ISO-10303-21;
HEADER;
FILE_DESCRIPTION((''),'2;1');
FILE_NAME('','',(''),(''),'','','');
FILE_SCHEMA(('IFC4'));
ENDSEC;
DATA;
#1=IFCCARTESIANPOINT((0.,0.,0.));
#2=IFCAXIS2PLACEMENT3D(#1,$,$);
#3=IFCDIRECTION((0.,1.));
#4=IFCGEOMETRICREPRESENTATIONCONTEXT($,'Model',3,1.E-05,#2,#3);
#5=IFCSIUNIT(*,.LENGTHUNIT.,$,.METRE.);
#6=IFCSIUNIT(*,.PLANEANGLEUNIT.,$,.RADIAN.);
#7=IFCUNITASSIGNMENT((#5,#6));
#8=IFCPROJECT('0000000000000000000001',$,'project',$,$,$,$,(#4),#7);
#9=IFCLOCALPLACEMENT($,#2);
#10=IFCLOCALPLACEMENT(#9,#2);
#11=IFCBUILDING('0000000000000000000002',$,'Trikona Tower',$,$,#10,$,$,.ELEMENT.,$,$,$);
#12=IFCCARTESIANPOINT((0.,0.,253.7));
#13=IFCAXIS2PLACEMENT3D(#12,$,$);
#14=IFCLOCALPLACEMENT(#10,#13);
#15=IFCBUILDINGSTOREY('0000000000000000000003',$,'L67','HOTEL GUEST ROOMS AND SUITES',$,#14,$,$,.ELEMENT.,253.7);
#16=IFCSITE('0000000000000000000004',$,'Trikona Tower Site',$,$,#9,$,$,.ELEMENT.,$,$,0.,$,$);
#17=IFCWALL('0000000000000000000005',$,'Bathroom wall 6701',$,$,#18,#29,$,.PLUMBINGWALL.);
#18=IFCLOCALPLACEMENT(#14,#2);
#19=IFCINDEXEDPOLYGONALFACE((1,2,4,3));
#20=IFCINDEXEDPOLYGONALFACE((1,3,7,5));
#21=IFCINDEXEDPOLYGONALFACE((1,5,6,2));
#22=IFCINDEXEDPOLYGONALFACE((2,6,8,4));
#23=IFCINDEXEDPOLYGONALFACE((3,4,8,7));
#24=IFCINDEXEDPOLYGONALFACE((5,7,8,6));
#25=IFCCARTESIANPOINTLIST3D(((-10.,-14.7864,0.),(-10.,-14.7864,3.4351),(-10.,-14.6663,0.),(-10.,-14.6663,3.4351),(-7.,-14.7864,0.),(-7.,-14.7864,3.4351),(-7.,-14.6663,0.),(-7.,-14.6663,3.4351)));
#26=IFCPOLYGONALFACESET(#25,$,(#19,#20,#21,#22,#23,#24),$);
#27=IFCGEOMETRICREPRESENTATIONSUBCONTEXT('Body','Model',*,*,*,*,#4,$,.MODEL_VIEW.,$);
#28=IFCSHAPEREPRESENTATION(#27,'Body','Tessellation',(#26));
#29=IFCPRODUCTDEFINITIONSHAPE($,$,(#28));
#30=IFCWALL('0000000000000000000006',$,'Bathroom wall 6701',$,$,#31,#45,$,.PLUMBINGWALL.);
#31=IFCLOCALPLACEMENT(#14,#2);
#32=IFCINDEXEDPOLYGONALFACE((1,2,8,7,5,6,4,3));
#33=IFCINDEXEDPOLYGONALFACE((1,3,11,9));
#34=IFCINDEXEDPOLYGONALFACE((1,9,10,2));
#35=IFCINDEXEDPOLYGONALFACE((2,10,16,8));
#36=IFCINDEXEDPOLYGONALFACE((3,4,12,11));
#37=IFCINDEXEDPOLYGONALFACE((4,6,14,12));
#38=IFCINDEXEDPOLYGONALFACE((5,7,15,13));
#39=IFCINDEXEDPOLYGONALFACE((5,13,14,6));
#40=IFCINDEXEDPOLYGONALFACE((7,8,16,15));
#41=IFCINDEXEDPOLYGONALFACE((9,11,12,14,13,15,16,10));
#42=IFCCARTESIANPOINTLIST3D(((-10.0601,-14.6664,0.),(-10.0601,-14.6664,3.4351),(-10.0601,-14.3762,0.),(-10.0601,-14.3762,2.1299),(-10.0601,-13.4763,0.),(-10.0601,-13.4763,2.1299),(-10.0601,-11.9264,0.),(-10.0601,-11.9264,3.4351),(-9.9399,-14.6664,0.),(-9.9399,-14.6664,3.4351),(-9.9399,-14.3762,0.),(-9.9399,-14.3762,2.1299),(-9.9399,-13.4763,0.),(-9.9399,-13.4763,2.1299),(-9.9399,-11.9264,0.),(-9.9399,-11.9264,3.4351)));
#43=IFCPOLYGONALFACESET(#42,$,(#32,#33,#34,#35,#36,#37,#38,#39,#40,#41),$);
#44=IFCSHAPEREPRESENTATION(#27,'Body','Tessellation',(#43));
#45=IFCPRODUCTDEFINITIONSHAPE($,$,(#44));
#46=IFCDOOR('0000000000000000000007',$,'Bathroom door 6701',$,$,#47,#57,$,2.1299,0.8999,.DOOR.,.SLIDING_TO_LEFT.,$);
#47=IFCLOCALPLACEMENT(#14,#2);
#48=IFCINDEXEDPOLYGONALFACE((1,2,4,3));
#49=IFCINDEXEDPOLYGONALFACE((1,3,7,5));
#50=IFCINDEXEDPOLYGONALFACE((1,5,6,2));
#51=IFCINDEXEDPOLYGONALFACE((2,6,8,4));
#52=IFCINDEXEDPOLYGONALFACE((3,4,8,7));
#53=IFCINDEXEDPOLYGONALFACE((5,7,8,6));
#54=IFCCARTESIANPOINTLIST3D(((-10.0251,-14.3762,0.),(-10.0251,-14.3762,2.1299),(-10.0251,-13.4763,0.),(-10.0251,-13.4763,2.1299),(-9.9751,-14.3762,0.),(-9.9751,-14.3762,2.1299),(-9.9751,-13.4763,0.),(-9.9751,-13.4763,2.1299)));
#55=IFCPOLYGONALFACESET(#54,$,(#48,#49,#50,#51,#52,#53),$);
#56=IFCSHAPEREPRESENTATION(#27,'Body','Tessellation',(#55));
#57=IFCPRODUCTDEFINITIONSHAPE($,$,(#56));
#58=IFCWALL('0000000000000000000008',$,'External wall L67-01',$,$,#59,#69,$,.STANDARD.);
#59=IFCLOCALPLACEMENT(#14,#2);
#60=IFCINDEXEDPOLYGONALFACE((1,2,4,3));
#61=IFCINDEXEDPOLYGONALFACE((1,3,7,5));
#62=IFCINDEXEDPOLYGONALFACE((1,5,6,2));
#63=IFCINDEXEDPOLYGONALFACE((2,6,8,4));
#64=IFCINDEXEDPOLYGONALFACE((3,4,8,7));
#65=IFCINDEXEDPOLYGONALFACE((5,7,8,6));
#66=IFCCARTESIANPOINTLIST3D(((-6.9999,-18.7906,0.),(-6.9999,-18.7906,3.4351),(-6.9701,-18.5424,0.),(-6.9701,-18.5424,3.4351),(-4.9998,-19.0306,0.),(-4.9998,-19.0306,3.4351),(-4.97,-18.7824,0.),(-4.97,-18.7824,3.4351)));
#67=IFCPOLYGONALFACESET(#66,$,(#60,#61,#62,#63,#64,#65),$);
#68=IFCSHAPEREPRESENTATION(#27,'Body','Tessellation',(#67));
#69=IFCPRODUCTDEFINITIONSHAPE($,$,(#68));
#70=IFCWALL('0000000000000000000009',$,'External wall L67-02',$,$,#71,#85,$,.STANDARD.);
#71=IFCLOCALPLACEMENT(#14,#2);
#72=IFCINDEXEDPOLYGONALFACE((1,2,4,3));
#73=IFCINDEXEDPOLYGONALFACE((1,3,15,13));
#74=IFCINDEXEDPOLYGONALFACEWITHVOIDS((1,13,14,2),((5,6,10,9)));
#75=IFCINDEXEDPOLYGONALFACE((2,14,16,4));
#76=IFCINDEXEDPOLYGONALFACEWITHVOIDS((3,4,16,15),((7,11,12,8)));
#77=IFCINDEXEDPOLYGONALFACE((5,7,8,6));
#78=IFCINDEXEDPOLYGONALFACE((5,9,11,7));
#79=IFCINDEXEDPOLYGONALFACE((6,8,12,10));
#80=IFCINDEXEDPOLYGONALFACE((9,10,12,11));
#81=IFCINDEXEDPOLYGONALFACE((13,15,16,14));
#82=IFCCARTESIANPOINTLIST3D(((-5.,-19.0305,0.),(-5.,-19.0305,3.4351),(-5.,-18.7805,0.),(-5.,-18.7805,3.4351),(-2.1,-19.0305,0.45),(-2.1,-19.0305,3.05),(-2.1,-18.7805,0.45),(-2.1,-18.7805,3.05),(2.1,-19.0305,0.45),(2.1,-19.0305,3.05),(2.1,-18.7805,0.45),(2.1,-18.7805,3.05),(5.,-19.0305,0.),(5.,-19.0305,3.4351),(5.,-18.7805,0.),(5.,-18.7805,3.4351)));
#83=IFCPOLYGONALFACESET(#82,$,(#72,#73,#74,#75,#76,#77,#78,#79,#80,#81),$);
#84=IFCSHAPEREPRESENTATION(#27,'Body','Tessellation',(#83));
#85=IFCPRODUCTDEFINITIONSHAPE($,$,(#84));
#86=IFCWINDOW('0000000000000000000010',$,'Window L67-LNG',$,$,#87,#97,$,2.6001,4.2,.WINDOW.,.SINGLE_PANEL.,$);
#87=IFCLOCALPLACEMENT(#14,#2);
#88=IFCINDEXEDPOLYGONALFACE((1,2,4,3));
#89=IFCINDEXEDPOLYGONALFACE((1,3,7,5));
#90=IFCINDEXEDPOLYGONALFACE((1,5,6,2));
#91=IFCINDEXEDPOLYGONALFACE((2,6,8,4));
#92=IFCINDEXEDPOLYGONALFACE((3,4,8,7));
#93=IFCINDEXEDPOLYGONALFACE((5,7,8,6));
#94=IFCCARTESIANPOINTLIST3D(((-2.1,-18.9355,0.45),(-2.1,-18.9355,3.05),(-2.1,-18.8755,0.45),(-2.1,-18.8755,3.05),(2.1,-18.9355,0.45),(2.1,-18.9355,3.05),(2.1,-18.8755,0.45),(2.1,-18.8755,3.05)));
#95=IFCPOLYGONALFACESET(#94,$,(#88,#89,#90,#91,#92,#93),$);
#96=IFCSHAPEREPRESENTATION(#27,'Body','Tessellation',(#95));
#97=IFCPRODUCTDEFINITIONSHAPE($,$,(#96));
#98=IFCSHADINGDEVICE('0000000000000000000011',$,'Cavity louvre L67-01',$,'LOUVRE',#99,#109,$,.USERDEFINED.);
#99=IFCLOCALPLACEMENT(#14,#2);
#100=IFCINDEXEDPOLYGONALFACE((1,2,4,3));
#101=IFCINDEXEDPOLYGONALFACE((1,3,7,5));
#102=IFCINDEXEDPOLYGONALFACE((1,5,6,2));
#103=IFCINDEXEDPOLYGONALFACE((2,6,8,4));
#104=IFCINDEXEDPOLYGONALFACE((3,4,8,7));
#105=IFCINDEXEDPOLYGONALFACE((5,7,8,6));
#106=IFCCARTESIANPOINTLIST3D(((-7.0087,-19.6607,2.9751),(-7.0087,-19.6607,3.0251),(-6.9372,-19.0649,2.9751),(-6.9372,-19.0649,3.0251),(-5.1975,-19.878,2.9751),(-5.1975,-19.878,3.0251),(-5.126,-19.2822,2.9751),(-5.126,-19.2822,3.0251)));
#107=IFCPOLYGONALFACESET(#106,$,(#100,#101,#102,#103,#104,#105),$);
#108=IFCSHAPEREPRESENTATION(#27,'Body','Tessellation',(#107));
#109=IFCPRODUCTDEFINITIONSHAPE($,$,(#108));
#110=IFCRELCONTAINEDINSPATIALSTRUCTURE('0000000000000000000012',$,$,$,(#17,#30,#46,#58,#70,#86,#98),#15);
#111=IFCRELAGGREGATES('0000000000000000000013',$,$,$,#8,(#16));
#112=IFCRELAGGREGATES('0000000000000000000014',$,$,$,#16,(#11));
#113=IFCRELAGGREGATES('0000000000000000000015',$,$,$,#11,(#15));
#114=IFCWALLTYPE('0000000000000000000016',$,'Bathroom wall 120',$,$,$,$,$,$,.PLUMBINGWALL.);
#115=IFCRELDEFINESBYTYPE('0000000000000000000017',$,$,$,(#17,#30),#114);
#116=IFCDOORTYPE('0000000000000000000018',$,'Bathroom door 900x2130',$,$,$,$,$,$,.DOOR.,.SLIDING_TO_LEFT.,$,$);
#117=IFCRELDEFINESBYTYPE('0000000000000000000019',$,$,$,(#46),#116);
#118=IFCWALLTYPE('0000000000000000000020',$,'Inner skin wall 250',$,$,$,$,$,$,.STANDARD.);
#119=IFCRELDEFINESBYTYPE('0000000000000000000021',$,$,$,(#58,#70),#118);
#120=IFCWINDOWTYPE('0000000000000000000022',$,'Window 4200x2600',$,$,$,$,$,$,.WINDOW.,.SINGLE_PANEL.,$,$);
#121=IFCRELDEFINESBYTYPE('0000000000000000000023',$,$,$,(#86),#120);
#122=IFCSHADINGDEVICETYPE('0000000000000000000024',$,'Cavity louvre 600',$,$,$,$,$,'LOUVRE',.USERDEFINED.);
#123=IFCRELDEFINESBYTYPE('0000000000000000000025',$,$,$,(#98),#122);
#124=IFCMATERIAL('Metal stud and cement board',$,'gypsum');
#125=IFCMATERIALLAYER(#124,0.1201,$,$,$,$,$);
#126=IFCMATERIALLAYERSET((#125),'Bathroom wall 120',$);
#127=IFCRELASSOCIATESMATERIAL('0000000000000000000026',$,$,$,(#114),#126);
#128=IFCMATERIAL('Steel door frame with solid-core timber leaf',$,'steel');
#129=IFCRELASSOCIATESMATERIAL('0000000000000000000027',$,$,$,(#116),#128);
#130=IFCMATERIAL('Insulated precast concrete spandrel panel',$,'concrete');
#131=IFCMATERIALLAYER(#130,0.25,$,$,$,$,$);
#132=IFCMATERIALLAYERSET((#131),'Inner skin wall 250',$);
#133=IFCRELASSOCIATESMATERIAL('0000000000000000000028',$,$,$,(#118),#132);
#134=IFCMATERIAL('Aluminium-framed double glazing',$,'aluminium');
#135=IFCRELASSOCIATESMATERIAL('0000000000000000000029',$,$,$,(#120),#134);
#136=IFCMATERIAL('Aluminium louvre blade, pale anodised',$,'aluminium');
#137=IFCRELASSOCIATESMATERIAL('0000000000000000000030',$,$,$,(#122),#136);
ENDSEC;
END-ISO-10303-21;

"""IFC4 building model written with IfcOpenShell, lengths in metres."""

from ifc_helpers import new_model, si_unit, direction, frame, frame_2d, origin, origin_2d, place, context, subcontext, project, spatial, rectangle, extrude, material, layer, layer_set, type_object, element, fill, save


model = new_model("IFC4")

# Units and contexts
model_context = context("Model", 3, precision=1e-05, world=origin(), true_north=direction((0.0, 1.0)))
body_context = subcontext(model_context, "Body", "Model", "MODEL_VIEW")
ifc_project = project(units=[si_unit("LENGTHUNIT", "METRE"), si_unit("PLANEANGLEUNIT", "RADIAN")], contexts=[model_context])

# Site, building, storey
site_placement = place(None, origin())
site = spatial("IfcSite", under=ifc_project, at=site_placement, Name="Trikona Tower Site", CompositionType="ELEMENT", RefElevation=0.0)
building_placement = place(site_placement, origin())
building = spatial("IfcBuilding", under=site, at=building_placement, Name="Trikona Tower", CompositionType="ELEMENT")
storey_placement = place(building_placement, frame((0.0, 0.0, 253.7)))
storey = spatial("IfcBuildingStorey", under=building, at=storey_placement, Name="L67", Description="HOTEL GUEST ROOMS AND SUITES", CompositionType="ELEMENT", Elevation=253.7)

# Wall
ifc_material_1 = material(Name="Metal stud and cement board", Category="gypsum")
ifc_layer_1 = layer(ifc_material_1, 0.1201)
ifc_layer_set_1 = layer_set([ifc_layer_1], Name="Bathroom wall 120")
wall_type_1 = type_object("IfcWallType", Name="Bathroom wall 120", PredefinedType="PLUMBINGWALL", material=ifc_layer_set_1)
wall_1_placement = place(storey_placement, frame((-10.0, -14.7263, 0.0), z_axis=(0.0, 0.0, 1.0), x_axis=(1.0, 0.0, 0.0)))
element("IfcWall", 1, at=wall_1_placement, inside=storey, type_object=wall_type_1, Name="Bathroom wall 6701", PredefinedType="PLUMBINGWALL", context=body_context, shape_type="SweptSolid", body=[
    extrude(rectangle(XDim=3.0, YDim=0.1201, at=frame_2d((1.5, 0.0))), origin(), (0.0, 0.0, 1.0), 3.4351),
])

# Wall, opening, door
wall_2_placement = place(storey_placement, frame((-10.0, -11.9263, 0.0), z_axis=(0.0, 0.0, 1.0), x_axis=(0.0, -1.0, 0.0)))
wall_2 = element("IfcWall", 2, at=wall_2_placement, inside=storey, type_object=wall_type_1, Name="Bathroom wall 6701", PredefinedType="PLUMBINGWALL", context=body_context, shape_type="SweptSolid", body=[
    extrude(rectangle(XDim=2.74, YDim=0.1201, at=frame_2d((1.3701, 0.0))), origin(), (0.0, 0.0, 1.0), 3.4351),
])
opening_1_placement = place(wall_2_placement, frame((1.55, 0.0, 0.0)))
opening_1 = element("IfcOpeningElement", 3, at=opening_1_placement, cuts=wall_2, PredefinedType="OPENING", context=body_context, shape_type="SweptSolid", body=[
    extrude(rectangle(XDim=0.8999, YDim=2.1299, at=frame_2d((0.45, 1.0649))), frame((0.0, 0.0701, 0.0), z_axis=(0.0, -1.0, 0.0), x_axis=(1.0, 0.0, 0.0)), (0.0, 0.0, 1.0), 0.1401),
])
ifc_material_2 = material(Name="Steel door frame with solid-core timber leaf", Category="steel")
door_type = type_object("IfcDoorType", Name="Bathroom door 900x2130", OperationType="SLIDING_TO_LEFT", PredefinedType="DOOR", material=ifc_material_2)
door_placement = place(opening_1_placement, origin())
door = element("IfcDoor", 4, at=door_placement, inside=storey, type_object=door_type, Name="Bathroom door 6701", OperationType="SLIDING_TO_LEFT", OverallHeight=2.1299, OverallWidth=0.8999, PredefinedType="DOOR", context=body_context, shape_type="SweptSolid", body=[
    extrude(rectangle(XDim=0.8999, YDim=2.1299, at=frame_2d((0.45, 1.0649))), frame((0.0, 0.0249, 0.0), z_axis=(0.0, -1.0, 0.0), x_axis=(1.0, 0.0, 0.0)), (0.0, 0.0, 1.0), 0.05),
])
fill(opening_1, door)

# Wall
ifc_material_3 = material(Name="Insulated precast concrete spandrel panel", Category="concrete")
ifc_layer_2 = layer(ifc_material_3, 0.25)
ifc_layer_set_2 = layer_set([ifc_layer_2], Name="Inner skin wall 250")
wall_type_2 = type_object("IfcWallType", Name="Inner skin wall 250", PredefinedType="STANDARD", material=ifc_layer_set_2)
wall_3_placement = place(storey_placement, frame((-6.9851, -18.6665, 0.0), z_axis=(0.0, 0.0, 1.0), x_axis=(0.992877, -0.11914, 0.0)))
element("IfcWall", 5, at=wall_3_placement, inside=storey, type_object=wall_type_2, Name="External wall L67-01", PredefinedType="STANDARD", context=body_context, shape_type="SweptSolid", body=[
    extrude(rectangle(XDim=2.0144, YDim=0.25, at=frame_2d((1.0073, 0.0))), origin(), (0.0, 0.0, 1.0), 3.4351),
])

# Wall, opening, window
wall_4_placement = place(storey_placement, frame((-5.0, -18.9055, 0.0), z_axis=(0.0, 0.0, 1.0), x_axis=(1.0, 0.0, 0.0)))
wall_4 = element("IfcWall", 6, at=wall_4_placement, inside=storey, type_object=wall_type_2, Name="External wall L67-02", PredefinedType="STANDARD", context=body_context, shape_type="SweptSolid", body=[
    extrude(rectangle(XDim=10.0, YDim=0.25, at=frame_2d((5.0, 0.0))), origin(), (0.0, 0.0, 1.0), 3.4351),
])
opening_2_placement = place(wall_4_placement, frame((2.8999, 0.0, 0.45)))
opening_2 = element("IfcOpeningElement", 7, at=opening_2_placement, cuts=wall_4, PredefinedType="OPENING", context=body_context, shape_type="SweptSolid", body=[
    extrude(rectangle(XDim=4.2, YDim=2.6001, at=frame_2d((2.1001, 1.3))), frame((0.0, 0.135, 0.0), z_axis=(0.0, -1.0, 0.0), x_axis=(1.0, 0.0, 0.0)), (0.0, 0.0, 1.0), 0.27),
])
ifc_material_4 = material(Name="Aluminium-framed double glazing", Category="aluminium")
window_type = type_object("IfcWindowType", Name="Window 4200x2600", PartitioningType="SINGLE_PANEL", PredefinedType="WINDOW", material=ifc_material_4)
window_placement = place(opening_2_placement, origin())
window = element("IfcWindow", 8, at=window_placement, inside=storey, type_object=window_type, Name="Window L67-LNG", OverallHeight=2.6001, OverallWidth=4.2, PartitioningType="SINGLE_PANEL", PredefinedType="WINDOW", context=body_context, shape_type="SweptSolid", body=[
    extrude(rectangle(XDim=4.2, YDim=2.6001, at=frame_2d((2.1001, 1.3))), frame((0.0, 0.03, 0.0), z_axis=(0.0, -1.0, 0.0), x_axis=(1.0, 0.0, 0.0)), (0.0, 0.0, 1.0), 0.0601),
])
fill(opening_2, window)

# Shading device
ifc_material_5 = material(Name="Aluminium louvre blade, pale anodised", Category="aluminium")
shading_device_type = type_object("IfcShadingDeviceType", Name="Cavity louvre 600", ElementType="LOUVRE", PredefinedType="USERDEFINED", material=ifc_material_5)
shading_device_placement = place(storey_placement, frame((-6.0674, -19.4714, 2.9751), z_axis=(0.0, 0.0, 1.0), x_axis=(0.992877, -0.119146, 0.0)))
element("IfcShadingDevice", 9, at=shading_device_placement, inside=storey, type_object=shading_device_type, Name="Cavity louvre L67-01", ObjectType="LOUVRE", PredefinedType="USERDEFINED", context=body_context, shape_type="SweptSolid", body=[
    extrude(rectangle(XDim=1.8242, YDim=0.6001, at=origin_2d()), origin(), (0.0, 0.0, 1.0), 0.05),
])

save(model, "model.ifc")
